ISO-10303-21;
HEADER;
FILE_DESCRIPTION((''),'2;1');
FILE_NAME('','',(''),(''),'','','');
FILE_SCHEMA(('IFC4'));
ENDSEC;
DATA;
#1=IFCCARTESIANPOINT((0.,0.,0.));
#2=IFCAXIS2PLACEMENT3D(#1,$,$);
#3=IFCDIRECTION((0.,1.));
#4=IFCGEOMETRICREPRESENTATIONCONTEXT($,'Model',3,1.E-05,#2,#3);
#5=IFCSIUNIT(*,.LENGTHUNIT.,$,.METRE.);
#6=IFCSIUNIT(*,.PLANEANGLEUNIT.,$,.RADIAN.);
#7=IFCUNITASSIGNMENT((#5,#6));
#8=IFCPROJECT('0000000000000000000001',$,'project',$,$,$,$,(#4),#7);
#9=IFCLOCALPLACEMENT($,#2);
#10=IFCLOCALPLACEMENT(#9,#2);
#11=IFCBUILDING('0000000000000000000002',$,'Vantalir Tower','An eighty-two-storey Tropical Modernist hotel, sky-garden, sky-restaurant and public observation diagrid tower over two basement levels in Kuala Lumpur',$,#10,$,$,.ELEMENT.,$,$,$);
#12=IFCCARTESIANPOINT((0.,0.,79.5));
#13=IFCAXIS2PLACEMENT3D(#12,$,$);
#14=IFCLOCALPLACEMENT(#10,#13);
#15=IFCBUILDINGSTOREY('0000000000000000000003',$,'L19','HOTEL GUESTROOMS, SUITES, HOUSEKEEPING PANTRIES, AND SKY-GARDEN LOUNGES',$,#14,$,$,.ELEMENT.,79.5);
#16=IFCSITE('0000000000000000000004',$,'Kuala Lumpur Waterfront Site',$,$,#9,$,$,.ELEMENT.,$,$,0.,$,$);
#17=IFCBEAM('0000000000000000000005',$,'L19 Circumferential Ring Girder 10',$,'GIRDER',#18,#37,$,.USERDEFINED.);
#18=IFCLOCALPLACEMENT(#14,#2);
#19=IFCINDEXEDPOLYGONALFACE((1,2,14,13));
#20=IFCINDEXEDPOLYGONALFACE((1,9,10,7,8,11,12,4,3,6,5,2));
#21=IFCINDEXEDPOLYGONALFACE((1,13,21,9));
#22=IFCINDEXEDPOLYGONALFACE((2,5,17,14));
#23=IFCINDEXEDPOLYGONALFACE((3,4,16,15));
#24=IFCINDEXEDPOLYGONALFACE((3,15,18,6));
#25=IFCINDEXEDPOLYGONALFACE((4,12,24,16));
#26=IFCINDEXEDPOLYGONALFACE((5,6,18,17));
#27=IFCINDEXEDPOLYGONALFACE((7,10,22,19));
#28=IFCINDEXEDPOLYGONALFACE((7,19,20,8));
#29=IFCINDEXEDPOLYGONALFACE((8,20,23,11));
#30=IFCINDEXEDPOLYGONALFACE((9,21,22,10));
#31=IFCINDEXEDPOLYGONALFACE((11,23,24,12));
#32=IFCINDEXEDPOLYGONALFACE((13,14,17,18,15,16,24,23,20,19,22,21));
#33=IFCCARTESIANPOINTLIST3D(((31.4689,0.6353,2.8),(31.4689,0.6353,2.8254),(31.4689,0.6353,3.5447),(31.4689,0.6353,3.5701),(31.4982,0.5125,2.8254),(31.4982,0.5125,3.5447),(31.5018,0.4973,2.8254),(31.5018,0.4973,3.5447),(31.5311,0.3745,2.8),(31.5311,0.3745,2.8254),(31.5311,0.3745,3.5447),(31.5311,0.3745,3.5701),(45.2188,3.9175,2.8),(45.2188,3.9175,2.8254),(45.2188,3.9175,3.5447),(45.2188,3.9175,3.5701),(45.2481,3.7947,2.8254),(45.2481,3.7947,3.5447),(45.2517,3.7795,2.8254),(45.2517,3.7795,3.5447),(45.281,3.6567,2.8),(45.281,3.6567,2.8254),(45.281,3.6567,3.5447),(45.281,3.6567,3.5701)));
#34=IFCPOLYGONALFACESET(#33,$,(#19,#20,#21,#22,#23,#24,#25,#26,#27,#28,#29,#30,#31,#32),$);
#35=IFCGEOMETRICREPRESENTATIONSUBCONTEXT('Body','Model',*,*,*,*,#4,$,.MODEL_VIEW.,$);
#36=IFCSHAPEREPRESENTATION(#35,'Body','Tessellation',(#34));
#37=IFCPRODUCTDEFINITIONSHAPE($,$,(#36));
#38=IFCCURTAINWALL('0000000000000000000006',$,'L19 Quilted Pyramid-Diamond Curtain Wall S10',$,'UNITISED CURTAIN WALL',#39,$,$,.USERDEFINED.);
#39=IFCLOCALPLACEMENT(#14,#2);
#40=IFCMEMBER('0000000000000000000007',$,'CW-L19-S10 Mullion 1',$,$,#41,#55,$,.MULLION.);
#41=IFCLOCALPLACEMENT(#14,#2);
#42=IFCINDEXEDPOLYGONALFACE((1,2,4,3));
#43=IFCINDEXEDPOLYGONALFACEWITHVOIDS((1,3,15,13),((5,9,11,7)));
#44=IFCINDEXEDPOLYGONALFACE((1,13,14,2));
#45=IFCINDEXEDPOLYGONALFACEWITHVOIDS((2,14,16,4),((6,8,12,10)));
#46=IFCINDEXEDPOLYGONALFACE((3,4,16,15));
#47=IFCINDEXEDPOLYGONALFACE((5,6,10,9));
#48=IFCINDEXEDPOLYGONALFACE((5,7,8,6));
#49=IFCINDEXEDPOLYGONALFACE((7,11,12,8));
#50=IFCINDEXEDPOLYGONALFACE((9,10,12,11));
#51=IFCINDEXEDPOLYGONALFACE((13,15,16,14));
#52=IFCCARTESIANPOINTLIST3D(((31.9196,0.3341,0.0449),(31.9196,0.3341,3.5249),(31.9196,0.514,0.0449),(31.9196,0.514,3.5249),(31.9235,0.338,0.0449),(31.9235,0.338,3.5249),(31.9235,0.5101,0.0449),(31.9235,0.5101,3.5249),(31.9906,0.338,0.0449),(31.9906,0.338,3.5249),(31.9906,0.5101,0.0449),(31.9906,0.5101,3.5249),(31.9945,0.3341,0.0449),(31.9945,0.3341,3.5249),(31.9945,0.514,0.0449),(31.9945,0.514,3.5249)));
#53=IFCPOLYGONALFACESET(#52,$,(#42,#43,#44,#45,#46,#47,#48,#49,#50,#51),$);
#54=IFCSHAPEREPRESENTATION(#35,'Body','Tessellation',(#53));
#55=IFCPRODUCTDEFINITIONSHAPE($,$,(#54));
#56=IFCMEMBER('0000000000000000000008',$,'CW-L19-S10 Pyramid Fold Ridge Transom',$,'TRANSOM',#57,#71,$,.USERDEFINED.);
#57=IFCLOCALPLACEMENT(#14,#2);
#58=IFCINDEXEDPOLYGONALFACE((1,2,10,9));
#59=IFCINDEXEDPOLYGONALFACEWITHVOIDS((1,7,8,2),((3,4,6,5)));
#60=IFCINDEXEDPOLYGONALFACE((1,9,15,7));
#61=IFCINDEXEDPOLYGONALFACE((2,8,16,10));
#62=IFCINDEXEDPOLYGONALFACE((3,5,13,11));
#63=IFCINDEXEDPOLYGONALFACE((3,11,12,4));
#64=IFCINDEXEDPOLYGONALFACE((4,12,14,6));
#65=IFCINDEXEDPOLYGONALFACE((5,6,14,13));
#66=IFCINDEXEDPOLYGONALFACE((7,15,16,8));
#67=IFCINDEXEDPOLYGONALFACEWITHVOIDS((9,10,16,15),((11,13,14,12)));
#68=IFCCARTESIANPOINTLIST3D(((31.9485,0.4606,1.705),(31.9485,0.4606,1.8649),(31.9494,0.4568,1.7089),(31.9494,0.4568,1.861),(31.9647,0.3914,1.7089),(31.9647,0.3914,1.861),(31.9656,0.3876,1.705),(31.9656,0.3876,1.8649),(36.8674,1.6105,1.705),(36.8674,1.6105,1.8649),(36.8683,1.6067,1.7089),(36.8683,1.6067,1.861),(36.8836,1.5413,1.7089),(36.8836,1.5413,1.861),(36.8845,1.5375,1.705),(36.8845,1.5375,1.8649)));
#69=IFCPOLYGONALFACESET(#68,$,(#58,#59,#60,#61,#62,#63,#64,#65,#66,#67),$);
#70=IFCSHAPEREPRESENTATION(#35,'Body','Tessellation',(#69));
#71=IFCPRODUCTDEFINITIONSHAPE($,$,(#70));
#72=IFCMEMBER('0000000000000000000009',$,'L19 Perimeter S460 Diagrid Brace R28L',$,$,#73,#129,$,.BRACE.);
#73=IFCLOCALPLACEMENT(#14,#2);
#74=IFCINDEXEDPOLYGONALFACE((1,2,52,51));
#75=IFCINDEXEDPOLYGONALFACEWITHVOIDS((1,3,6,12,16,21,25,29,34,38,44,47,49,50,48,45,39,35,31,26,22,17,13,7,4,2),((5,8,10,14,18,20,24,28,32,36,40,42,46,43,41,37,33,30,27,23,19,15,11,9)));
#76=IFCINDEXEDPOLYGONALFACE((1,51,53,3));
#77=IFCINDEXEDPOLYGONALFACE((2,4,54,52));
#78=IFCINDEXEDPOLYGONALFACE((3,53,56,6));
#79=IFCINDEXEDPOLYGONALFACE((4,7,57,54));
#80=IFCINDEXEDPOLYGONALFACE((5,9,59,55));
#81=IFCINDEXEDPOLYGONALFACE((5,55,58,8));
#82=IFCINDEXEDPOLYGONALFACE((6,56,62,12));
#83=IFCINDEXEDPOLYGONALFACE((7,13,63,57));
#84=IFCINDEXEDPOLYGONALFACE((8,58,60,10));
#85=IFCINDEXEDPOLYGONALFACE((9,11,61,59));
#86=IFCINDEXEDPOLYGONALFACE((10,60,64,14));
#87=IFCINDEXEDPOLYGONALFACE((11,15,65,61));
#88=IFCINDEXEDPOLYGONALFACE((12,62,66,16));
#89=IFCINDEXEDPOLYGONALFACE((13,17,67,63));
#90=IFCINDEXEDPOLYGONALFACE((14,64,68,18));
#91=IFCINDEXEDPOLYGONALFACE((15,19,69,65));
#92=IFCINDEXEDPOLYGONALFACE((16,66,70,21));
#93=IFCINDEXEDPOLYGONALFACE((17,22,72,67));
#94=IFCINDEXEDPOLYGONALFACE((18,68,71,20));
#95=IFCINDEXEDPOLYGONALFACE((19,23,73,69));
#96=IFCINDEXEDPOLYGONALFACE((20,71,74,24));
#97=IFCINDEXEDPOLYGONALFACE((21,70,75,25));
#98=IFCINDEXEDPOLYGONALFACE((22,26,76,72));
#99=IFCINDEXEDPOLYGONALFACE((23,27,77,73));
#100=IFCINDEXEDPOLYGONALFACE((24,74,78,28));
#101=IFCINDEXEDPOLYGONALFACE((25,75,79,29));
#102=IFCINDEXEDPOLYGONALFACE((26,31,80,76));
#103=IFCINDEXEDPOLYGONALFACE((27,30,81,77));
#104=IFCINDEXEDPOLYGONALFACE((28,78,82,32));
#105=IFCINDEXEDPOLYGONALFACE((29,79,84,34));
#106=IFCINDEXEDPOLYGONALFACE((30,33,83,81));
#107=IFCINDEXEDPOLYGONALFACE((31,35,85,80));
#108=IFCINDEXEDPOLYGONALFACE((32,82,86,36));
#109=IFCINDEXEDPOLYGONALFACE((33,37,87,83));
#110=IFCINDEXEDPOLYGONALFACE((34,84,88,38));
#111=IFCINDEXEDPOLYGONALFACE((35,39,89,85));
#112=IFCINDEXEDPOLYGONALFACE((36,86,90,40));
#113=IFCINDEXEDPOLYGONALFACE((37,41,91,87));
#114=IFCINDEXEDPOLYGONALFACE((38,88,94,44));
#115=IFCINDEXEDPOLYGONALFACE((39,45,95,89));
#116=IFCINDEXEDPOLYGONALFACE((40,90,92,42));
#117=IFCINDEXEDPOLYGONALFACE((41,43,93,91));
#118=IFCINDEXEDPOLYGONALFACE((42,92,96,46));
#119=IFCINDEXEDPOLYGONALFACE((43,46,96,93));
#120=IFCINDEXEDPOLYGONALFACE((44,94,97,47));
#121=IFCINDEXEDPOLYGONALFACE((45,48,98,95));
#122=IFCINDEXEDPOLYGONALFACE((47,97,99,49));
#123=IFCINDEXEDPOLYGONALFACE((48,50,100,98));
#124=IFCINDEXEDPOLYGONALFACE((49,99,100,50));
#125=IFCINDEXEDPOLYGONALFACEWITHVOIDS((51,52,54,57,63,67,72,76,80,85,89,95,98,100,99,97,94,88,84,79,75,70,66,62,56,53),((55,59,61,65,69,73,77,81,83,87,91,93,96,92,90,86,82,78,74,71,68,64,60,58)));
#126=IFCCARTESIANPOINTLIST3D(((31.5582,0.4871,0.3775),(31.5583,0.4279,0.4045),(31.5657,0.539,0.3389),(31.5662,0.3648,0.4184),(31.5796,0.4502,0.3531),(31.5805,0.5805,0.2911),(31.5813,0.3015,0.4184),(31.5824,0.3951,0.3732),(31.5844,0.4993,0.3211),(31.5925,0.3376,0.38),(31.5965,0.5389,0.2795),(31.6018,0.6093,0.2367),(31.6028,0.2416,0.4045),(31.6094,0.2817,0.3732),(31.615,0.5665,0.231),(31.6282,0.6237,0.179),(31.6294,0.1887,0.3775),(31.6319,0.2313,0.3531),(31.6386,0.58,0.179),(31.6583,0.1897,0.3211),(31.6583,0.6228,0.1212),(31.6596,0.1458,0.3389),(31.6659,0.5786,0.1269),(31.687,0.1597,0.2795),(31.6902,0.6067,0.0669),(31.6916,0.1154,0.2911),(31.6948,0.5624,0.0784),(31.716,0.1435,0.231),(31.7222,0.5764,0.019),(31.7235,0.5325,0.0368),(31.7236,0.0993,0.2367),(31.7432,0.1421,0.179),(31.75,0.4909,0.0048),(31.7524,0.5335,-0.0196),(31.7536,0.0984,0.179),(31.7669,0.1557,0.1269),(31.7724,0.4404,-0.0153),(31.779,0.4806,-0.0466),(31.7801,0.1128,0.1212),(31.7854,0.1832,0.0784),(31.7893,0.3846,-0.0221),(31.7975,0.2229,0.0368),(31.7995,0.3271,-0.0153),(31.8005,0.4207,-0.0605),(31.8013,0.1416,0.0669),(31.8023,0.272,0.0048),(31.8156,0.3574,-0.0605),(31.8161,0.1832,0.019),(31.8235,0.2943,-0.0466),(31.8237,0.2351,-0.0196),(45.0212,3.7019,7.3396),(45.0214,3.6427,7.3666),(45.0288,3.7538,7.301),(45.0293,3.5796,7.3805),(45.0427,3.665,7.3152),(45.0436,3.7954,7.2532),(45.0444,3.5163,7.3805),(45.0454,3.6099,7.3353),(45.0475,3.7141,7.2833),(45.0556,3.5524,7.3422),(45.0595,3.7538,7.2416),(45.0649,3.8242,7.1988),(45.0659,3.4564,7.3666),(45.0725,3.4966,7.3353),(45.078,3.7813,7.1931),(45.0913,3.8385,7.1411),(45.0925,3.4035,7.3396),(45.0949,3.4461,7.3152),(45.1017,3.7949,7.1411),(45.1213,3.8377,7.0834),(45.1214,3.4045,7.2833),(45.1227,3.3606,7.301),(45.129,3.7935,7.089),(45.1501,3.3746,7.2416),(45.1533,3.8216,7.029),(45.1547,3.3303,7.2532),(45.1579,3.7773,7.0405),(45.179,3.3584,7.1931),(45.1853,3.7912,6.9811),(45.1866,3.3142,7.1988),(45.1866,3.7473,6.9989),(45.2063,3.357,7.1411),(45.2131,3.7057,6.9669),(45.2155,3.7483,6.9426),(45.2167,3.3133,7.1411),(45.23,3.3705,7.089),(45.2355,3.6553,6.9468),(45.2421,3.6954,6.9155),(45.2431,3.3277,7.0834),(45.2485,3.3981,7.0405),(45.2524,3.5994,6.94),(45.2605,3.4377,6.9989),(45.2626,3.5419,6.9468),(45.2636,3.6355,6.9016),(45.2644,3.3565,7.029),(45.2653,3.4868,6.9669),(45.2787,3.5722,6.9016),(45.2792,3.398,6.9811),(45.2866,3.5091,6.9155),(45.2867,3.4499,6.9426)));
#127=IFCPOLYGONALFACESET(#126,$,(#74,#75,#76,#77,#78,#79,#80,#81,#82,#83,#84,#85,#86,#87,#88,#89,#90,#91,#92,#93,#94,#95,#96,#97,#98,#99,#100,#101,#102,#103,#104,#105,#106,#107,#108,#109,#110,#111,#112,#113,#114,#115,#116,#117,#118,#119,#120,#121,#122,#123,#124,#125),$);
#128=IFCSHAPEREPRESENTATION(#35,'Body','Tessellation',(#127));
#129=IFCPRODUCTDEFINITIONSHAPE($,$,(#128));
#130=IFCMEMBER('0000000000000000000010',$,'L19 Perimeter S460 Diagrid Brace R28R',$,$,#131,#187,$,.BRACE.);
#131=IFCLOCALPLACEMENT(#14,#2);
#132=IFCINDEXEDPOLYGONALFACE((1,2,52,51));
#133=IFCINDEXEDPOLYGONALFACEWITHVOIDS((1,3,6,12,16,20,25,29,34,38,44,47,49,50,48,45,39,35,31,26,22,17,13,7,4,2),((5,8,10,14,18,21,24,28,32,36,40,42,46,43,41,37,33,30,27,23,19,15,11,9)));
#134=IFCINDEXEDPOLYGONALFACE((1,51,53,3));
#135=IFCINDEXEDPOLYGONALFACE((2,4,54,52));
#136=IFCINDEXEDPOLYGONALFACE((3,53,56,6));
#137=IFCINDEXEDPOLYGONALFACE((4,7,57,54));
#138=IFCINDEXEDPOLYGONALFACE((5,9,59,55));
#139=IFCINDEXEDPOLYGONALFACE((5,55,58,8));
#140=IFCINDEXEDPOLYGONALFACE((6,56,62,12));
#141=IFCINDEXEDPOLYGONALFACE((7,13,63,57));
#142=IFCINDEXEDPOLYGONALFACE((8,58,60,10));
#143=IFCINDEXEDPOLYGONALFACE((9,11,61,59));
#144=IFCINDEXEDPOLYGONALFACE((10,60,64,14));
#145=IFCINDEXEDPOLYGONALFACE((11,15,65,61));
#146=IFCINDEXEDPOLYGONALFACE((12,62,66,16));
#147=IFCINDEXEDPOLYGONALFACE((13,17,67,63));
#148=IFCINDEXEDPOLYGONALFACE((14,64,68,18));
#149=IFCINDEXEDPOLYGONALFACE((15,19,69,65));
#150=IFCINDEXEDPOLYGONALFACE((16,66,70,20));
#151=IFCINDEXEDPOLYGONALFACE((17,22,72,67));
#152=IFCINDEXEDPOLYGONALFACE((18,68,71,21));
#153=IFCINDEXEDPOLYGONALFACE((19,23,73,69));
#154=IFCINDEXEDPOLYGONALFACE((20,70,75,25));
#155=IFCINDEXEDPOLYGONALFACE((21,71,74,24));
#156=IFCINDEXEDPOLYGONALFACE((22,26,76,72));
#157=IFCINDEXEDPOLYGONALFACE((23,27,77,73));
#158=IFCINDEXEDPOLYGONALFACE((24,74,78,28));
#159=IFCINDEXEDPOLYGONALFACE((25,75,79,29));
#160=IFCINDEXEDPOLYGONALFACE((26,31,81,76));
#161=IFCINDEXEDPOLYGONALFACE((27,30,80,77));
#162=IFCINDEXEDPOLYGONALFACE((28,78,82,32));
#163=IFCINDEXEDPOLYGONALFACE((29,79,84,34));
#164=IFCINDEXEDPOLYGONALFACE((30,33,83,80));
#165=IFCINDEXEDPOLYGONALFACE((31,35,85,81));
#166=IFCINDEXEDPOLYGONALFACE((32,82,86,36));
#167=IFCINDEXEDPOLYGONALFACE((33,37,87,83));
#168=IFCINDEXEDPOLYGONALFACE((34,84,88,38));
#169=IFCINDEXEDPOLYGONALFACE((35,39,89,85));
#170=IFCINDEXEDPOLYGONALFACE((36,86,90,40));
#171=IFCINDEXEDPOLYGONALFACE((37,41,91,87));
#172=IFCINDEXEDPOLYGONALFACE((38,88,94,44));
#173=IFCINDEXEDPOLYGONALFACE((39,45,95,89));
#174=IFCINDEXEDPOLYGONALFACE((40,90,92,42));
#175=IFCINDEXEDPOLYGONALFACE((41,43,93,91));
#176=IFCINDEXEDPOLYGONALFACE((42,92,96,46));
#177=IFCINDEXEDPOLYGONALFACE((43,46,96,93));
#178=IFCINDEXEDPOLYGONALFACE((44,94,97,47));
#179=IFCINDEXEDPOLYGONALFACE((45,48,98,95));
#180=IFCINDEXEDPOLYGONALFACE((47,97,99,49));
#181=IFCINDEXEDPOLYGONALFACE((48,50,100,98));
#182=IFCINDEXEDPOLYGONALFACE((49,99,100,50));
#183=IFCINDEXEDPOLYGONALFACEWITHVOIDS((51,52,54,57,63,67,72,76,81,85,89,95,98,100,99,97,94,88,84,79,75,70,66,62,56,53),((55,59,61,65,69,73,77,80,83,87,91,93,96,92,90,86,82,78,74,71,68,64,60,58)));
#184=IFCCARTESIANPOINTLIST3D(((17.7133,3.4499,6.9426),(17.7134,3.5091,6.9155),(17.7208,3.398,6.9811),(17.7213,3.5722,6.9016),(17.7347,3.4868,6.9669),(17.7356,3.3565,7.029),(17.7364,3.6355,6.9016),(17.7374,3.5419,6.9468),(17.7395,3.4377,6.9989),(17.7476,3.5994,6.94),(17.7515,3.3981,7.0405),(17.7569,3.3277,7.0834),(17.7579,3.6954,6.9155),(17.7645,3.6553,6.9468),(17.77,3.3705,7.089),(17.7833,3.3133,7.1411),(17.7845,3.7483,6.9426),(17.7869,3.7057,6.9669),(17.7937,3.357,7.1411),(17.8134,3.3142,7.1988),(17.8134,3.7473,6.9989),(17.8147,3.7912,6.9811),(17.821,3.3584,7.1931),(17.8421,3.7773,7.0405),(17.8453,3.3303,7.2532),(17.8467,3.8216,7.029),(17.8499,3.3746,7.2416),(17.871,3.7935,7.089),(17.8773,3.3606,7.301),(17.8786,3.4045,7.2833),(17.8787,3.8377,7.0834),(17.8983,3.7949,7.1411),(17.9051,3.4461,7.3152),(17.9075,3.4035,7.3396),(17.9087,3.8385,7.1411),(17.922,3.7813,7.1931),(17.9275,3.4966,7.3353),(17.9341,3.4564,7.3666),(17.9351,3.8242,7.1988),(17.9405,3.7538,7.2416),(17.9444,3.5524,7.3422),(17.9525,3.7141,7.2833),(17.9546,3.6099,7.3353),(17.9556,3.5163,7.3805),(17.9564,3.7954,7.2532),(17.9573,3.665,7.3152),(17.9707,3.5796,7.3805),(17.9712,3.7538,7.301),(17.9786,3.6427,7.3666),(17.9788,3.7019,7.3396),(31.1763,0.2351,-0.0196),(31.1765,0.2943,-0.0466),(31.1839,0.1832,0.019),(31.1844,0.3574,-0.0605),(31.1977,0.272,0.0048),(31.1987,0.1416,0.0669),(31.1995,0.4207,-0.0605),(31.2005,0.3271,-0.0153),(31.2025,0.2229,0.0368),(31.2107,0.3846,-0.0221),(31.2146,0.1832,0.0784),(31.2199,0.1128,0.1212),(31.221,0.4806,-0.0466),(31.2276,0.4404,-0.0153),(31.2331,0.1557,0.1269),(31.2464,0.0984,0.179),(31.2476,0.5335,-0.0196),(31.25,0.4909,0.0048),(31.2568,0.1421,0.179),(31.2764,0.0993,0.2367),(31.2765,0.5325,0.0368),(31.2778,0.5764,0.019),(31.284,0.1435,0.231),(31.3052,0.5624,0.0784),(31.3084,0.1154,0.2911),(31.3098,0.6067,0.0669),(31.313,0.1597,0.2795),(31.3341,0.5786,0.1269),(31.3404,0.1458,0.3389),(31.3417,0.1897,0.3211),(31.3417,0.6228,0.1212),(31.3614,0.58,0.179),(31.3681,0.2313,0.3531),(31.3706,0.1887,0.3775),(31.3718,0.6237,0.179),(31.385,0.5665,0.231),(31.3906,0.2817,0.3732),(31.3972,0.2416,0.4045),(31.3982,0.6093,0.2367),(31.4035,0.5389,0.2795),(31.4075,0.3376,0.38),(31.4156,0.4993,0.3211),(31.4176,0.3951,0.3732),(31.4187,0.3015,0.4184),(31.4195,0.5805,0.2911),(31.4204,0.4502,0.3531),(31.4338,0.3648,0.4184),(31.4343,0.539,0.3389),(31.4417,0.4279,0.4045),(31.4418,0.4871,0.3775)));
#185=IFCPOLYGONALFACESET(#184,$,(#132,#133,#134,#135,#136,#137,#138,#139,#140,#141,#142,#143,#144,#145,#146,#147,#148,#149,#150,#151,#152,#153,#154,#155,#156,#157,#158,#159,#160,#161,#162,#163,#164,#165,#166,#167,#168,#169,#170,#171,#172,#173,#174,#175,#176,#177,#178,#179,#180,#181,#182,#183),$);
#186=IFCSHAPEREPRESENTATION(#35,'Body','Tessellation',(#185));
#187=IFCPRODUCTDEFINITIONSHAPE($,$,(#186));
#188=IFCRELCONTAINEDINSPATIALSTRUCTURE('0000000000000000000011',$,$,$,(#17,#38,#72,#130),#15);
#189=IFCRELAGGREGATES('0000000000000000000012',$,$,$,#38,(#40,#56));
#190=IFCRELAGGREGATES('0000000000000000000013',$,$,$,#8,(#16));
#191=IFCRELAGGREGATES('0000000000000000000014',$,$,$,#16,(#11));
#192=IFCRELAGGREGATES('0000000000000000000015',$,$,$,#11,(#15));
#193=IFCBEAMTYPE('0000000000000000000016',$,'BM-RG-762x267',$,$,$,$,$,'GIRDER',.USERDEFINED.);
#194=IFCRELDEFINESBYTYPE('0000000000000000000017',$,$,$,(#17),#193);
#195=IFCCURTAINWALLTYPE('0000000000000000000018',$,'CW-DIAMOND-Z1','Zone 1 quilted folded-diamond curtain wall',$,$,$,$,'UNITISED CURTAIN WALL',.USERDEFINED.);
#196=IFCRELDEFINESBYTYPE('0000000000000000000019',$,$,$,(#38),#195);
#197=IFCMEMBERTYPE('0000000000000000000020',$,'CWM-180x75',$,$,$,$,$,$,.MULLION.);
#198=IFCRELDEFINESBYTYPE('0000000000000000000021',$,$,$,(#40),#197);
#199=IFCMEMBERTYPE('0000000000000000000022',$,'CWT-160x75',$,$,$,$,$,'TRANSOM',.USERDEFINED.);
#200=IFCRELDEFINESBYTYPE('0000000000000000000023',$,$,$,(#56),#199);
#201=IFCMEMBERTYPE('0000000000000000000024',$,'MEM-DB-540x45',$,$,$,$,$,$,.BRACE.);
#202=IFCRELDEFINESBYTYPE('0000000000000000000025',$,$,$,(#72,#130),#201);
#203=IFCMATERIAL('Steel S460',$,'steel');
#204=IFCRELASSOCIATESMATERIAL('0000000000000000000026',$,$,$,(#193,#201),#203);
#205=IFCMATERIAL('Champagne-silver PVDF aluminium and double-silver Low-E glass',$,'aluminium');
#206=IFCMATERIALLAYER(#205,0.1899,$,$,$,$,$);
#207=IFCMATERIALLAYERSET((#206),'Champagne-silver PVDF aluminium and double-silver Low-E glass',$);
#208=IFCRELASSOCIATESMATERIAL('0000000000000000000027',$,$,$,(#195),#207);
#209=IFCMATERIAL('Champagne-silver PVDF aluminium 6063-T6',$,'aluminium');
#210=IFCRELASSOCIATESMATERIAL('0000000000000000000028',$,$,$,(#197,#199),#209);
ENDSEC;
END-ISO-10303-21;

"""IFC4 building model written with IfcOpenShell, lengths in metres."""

from ifc_helpers import new_model, si_unit, direction, frame, origin, origin_2d, place, context, subcontext, project, spatial, hollow_rectangle, hollow_circle, i_section, extrude, material, layer, layer_set, material_profile, profile_set, type_object, element, aggregate, save


model = new_model("IFC4")

# Units and contexts
model_context = context("Model", 3, precision=1e-05, world=origin(), true_north=direction((0.0, 1.0)))
body_context = subcontext(model_context, "Body", "Model", "MODEL_VIEW")
ifc_project = project(units=[si_unit("LENGTHUNIT", "METRE"), si_unit("PLANEANGLEUNIT", "RADIAN")], contexts=[model_context])

# Site, building, storey
site_placement = place(None, origin())
site = spatial("IfcSite", under=ifc_project, at=site_placement, Name="Kuala Lumpur Waterfront Site", CompositionType="ELEMENT", RefElevation=0.0)
building_placement = place(site_placement, origin())
building = spatial("IfcBuilding", under=site, at=building_placement, Name="Vantalir Tower", Description="An eighty-two-storey Tropical Modernist hotel, sky-garden, sky-restaurant and public observation diagrid tower over two basement levels in Kuala Lumpur", CompositionType="ELEMENT")
storey_placement = place(building_placement, frame((0.0, 0.0, 79.5)))
storey = spatial("IfcBuildingStorey", under=building, at=storey_placement, Name="L19", Description="HOTEL GUESTROOMS, SUITES, HOUSEKEEPING PANTRIES, AND SKY-GARDEN LOUNGES", CompositionType="ELEMENT", Elevation=79.5)

# Shared definitions
ifc_material_1 = material(Name="Steel S460", Category="steel")

# Beam
ifc_material_profile_1 = material_profile(ifc_material_1, i_section(OverallWidth=0.2681, OverallDepth=0.77, WebThickness=0.0156, FlangeThickness=0.0254, at=origin_2d()), Name="Steel S460")
ifc_profile_set_1 = profile_set([ifc_material_profile_1], Name="Steel S460")
beam_type_1 = type_object("IfcBeamType", Name="BM-RG-762x267", ElementType="GIRDER", PredefinedType="USERDEFINED", material=ifc_profile_set_1)
beam_1_placement = place(storey_placement, frame((31.5, 0.5049, 3.1851), z_axis=(0.972672, 0.232184, 0.0), x_axis=(-0.232184, 0.972672, 0.0)))
element("IfcBeam", 1, at=beam_1_placement, inside=storey, type_object=beam_type_1, Name="L19 Circumferential Ring Girder 10", ObjectType="GIRDER", PredefinedType="USERDEFINED", context=body_context, shape_type="SweptSolid", body=[
    extrude(i_section(OverallWidth=0.2681, OverallDepth=0.77, WebThickness=0.0156, FlangeThickness=0.0254, at=origin_2d()), origin(), (0.0, 0.0, 1.0), 14.1362),
])

# Curtain wall, members
ifc_material_2 = material(Name="Champagne-silver PVDF aluminium and double-silver Low-E glass", Category="aluminium")
ifc_layer_1 = layer(ifc_material_2, 0.1899)
ifc_layer_set_1 = layer_set([ifc_layer_1], Name="Champagne-silver PVDF aluminium and double-silver Low-E glass")
curtain_wall_type = type_object("IfcCurtainWallType", Name="CW-DIAMOND-Z1", Description="Zone 1 quilted folded-diamond curtain wall", ElementType="UNITISED CURTAIN WALL", PredefinedType="USERDEFINED", material=ifc_layer_set_1)
curtain_wall_placement = place(storey_placement, origin())
curtain_wall = element("IfcCurtainWall", 2, at=curtain_wall_placement, inside=storey, type_object=curtain_wall_type, Name="L19 Quilted Pyramid-Diamond Curtain Wall S10", ObjectType="UNITISED CURTAIN WALL", PredefinedType="USERDEFINED")
ifc_material_3 = material(Name="Champagne-silver PVDF aluminium 6063-T6", Category="aluminium")
ifc_material_profile_2 = material_profile(ifc_material_3, hollow_rectangle(XDim=0.075, YDim=0.1799, WallThickness=0.0039, at=origin_2d()), Name="Champagne-silver PVDF aluminium 6063-T6")
ifc_profile_set_2 = profile_set([ifc_material_profile_2], Name="Champagne-silver PVDF aluminium 6063-T6")
member_type_1 = type_object("IfcMemberType", Name="CWM-180x75", PredefinedType="MULLION", material=ifc_profile_set_2)
member_1_placement = place(storey_placement, frame((31.957, 0.4241, 0.0449), z_axis=(0.0, 0.0, 1.0), x_axis=(1.0, 0.0, 0.0)))
member_1 = element("IfcMember", 3, at=member_1_placement, type_object=member_type_1, Name="CW-L19-S10 Mullion 1", PredefinedType="MULLION", context=body_context, shape_type="SweptSolid", body=[
    extrude(hollow_rectangle(XDim=0.075, YDim=0.1799, WallThickness=0.0039, at=origin_2d()), origin(), (0.0, 0.0, 1.0), 3.48),
])
ifc_material_profile_3 = material_profile(ifc_material_3, hollow_rectangle(XDim=0.075, YDim=0.1599, WallThickness=0.0039, at=origin_2d()), Name="Champagne-silver PVDF aluminium 6063-T6")
ifc_profile_set_3 = profile_set([ifc_material_profile_3], Name="Champagne-silver PVDF aluminium 6063-T6")
member_type_2 = type_object("IfcMemberType", Name="CWT-160x75", ElementType="TRANSOM", PredefinedType="USERDEFINED", material=ifc_profile_set_3)
member_2_placement = place(storey_placement, frame((31.957, 0.4241, 1.7849), z_axis=(0.973747, 0.227633, 0.0), x_axis=(-0.227633, 0.973747, 0.0)))
member_2 = element("IfcMember", 4, at=member_2_placement, type_object=member_type_2, Name="CW-L19-S10 Pyramid Fold Ridge Transom", ObjectType="TRANSOM", PredefinedType="USERDEFINED", context=body_context, shape_type="SweptSolid", body=[
    extrude(hollow_rectangle(XDim=0.075, YDim=0.1599, WallThickness=0.0039, at=origin_2d()), origin(), (0.0, 0.0, 1.0), 5.0515),
])

# Members
ifc_material_profile_4 = material_profile(ifc_material_1, hollow_circle(Radius=0.27, WallThickness=0.0449, at=origin_2d()), Name="Steel S460")
ifc_profile_set_4 = profile_set([ifc_material_profile_4], Name="Steel S460")
member_type_3 = type_object("IfcMemberType", Name="MEM-DB-540x45", PredefinedType="BRACE", material=ifc_profile_set_4)
for number, where, z_axis, x_axis, name in (
    (5, (31.6909, 0.3611, 0.179), (0.868928, 0.20749, 0.449347), (-0.232259, 0.972654, 0.0), "L19 Perimeter S460 Diagrid Brace R28L"),
    (6, (31.3091, 0.3611, 0.179), (-0.868928, 0.20749, 0.449347), (-0.232259, -0.972654, 0.0), "L19 Perimeter S460 Diagrid Brace R28R"),
):
    element("IfcMember", number, at=place(storey_placement, frame(where, z_axis=z_axis, x_axis=x_axis)), inside=storey, type_object=member_type_3, Name=name, PredefinedType="BRACE", context=body_context, shape_type="SweptSolid", body=[
        extrude(hollow_circle(Radius=0.27, WallThickness=0.0449, at=origin_2d()), origin(), (0.0, 0.0, 1.0), 15.4939),
    ])

aggregate(curtain_wall, [member_1, member_2])

save(model, "model.ifc")
